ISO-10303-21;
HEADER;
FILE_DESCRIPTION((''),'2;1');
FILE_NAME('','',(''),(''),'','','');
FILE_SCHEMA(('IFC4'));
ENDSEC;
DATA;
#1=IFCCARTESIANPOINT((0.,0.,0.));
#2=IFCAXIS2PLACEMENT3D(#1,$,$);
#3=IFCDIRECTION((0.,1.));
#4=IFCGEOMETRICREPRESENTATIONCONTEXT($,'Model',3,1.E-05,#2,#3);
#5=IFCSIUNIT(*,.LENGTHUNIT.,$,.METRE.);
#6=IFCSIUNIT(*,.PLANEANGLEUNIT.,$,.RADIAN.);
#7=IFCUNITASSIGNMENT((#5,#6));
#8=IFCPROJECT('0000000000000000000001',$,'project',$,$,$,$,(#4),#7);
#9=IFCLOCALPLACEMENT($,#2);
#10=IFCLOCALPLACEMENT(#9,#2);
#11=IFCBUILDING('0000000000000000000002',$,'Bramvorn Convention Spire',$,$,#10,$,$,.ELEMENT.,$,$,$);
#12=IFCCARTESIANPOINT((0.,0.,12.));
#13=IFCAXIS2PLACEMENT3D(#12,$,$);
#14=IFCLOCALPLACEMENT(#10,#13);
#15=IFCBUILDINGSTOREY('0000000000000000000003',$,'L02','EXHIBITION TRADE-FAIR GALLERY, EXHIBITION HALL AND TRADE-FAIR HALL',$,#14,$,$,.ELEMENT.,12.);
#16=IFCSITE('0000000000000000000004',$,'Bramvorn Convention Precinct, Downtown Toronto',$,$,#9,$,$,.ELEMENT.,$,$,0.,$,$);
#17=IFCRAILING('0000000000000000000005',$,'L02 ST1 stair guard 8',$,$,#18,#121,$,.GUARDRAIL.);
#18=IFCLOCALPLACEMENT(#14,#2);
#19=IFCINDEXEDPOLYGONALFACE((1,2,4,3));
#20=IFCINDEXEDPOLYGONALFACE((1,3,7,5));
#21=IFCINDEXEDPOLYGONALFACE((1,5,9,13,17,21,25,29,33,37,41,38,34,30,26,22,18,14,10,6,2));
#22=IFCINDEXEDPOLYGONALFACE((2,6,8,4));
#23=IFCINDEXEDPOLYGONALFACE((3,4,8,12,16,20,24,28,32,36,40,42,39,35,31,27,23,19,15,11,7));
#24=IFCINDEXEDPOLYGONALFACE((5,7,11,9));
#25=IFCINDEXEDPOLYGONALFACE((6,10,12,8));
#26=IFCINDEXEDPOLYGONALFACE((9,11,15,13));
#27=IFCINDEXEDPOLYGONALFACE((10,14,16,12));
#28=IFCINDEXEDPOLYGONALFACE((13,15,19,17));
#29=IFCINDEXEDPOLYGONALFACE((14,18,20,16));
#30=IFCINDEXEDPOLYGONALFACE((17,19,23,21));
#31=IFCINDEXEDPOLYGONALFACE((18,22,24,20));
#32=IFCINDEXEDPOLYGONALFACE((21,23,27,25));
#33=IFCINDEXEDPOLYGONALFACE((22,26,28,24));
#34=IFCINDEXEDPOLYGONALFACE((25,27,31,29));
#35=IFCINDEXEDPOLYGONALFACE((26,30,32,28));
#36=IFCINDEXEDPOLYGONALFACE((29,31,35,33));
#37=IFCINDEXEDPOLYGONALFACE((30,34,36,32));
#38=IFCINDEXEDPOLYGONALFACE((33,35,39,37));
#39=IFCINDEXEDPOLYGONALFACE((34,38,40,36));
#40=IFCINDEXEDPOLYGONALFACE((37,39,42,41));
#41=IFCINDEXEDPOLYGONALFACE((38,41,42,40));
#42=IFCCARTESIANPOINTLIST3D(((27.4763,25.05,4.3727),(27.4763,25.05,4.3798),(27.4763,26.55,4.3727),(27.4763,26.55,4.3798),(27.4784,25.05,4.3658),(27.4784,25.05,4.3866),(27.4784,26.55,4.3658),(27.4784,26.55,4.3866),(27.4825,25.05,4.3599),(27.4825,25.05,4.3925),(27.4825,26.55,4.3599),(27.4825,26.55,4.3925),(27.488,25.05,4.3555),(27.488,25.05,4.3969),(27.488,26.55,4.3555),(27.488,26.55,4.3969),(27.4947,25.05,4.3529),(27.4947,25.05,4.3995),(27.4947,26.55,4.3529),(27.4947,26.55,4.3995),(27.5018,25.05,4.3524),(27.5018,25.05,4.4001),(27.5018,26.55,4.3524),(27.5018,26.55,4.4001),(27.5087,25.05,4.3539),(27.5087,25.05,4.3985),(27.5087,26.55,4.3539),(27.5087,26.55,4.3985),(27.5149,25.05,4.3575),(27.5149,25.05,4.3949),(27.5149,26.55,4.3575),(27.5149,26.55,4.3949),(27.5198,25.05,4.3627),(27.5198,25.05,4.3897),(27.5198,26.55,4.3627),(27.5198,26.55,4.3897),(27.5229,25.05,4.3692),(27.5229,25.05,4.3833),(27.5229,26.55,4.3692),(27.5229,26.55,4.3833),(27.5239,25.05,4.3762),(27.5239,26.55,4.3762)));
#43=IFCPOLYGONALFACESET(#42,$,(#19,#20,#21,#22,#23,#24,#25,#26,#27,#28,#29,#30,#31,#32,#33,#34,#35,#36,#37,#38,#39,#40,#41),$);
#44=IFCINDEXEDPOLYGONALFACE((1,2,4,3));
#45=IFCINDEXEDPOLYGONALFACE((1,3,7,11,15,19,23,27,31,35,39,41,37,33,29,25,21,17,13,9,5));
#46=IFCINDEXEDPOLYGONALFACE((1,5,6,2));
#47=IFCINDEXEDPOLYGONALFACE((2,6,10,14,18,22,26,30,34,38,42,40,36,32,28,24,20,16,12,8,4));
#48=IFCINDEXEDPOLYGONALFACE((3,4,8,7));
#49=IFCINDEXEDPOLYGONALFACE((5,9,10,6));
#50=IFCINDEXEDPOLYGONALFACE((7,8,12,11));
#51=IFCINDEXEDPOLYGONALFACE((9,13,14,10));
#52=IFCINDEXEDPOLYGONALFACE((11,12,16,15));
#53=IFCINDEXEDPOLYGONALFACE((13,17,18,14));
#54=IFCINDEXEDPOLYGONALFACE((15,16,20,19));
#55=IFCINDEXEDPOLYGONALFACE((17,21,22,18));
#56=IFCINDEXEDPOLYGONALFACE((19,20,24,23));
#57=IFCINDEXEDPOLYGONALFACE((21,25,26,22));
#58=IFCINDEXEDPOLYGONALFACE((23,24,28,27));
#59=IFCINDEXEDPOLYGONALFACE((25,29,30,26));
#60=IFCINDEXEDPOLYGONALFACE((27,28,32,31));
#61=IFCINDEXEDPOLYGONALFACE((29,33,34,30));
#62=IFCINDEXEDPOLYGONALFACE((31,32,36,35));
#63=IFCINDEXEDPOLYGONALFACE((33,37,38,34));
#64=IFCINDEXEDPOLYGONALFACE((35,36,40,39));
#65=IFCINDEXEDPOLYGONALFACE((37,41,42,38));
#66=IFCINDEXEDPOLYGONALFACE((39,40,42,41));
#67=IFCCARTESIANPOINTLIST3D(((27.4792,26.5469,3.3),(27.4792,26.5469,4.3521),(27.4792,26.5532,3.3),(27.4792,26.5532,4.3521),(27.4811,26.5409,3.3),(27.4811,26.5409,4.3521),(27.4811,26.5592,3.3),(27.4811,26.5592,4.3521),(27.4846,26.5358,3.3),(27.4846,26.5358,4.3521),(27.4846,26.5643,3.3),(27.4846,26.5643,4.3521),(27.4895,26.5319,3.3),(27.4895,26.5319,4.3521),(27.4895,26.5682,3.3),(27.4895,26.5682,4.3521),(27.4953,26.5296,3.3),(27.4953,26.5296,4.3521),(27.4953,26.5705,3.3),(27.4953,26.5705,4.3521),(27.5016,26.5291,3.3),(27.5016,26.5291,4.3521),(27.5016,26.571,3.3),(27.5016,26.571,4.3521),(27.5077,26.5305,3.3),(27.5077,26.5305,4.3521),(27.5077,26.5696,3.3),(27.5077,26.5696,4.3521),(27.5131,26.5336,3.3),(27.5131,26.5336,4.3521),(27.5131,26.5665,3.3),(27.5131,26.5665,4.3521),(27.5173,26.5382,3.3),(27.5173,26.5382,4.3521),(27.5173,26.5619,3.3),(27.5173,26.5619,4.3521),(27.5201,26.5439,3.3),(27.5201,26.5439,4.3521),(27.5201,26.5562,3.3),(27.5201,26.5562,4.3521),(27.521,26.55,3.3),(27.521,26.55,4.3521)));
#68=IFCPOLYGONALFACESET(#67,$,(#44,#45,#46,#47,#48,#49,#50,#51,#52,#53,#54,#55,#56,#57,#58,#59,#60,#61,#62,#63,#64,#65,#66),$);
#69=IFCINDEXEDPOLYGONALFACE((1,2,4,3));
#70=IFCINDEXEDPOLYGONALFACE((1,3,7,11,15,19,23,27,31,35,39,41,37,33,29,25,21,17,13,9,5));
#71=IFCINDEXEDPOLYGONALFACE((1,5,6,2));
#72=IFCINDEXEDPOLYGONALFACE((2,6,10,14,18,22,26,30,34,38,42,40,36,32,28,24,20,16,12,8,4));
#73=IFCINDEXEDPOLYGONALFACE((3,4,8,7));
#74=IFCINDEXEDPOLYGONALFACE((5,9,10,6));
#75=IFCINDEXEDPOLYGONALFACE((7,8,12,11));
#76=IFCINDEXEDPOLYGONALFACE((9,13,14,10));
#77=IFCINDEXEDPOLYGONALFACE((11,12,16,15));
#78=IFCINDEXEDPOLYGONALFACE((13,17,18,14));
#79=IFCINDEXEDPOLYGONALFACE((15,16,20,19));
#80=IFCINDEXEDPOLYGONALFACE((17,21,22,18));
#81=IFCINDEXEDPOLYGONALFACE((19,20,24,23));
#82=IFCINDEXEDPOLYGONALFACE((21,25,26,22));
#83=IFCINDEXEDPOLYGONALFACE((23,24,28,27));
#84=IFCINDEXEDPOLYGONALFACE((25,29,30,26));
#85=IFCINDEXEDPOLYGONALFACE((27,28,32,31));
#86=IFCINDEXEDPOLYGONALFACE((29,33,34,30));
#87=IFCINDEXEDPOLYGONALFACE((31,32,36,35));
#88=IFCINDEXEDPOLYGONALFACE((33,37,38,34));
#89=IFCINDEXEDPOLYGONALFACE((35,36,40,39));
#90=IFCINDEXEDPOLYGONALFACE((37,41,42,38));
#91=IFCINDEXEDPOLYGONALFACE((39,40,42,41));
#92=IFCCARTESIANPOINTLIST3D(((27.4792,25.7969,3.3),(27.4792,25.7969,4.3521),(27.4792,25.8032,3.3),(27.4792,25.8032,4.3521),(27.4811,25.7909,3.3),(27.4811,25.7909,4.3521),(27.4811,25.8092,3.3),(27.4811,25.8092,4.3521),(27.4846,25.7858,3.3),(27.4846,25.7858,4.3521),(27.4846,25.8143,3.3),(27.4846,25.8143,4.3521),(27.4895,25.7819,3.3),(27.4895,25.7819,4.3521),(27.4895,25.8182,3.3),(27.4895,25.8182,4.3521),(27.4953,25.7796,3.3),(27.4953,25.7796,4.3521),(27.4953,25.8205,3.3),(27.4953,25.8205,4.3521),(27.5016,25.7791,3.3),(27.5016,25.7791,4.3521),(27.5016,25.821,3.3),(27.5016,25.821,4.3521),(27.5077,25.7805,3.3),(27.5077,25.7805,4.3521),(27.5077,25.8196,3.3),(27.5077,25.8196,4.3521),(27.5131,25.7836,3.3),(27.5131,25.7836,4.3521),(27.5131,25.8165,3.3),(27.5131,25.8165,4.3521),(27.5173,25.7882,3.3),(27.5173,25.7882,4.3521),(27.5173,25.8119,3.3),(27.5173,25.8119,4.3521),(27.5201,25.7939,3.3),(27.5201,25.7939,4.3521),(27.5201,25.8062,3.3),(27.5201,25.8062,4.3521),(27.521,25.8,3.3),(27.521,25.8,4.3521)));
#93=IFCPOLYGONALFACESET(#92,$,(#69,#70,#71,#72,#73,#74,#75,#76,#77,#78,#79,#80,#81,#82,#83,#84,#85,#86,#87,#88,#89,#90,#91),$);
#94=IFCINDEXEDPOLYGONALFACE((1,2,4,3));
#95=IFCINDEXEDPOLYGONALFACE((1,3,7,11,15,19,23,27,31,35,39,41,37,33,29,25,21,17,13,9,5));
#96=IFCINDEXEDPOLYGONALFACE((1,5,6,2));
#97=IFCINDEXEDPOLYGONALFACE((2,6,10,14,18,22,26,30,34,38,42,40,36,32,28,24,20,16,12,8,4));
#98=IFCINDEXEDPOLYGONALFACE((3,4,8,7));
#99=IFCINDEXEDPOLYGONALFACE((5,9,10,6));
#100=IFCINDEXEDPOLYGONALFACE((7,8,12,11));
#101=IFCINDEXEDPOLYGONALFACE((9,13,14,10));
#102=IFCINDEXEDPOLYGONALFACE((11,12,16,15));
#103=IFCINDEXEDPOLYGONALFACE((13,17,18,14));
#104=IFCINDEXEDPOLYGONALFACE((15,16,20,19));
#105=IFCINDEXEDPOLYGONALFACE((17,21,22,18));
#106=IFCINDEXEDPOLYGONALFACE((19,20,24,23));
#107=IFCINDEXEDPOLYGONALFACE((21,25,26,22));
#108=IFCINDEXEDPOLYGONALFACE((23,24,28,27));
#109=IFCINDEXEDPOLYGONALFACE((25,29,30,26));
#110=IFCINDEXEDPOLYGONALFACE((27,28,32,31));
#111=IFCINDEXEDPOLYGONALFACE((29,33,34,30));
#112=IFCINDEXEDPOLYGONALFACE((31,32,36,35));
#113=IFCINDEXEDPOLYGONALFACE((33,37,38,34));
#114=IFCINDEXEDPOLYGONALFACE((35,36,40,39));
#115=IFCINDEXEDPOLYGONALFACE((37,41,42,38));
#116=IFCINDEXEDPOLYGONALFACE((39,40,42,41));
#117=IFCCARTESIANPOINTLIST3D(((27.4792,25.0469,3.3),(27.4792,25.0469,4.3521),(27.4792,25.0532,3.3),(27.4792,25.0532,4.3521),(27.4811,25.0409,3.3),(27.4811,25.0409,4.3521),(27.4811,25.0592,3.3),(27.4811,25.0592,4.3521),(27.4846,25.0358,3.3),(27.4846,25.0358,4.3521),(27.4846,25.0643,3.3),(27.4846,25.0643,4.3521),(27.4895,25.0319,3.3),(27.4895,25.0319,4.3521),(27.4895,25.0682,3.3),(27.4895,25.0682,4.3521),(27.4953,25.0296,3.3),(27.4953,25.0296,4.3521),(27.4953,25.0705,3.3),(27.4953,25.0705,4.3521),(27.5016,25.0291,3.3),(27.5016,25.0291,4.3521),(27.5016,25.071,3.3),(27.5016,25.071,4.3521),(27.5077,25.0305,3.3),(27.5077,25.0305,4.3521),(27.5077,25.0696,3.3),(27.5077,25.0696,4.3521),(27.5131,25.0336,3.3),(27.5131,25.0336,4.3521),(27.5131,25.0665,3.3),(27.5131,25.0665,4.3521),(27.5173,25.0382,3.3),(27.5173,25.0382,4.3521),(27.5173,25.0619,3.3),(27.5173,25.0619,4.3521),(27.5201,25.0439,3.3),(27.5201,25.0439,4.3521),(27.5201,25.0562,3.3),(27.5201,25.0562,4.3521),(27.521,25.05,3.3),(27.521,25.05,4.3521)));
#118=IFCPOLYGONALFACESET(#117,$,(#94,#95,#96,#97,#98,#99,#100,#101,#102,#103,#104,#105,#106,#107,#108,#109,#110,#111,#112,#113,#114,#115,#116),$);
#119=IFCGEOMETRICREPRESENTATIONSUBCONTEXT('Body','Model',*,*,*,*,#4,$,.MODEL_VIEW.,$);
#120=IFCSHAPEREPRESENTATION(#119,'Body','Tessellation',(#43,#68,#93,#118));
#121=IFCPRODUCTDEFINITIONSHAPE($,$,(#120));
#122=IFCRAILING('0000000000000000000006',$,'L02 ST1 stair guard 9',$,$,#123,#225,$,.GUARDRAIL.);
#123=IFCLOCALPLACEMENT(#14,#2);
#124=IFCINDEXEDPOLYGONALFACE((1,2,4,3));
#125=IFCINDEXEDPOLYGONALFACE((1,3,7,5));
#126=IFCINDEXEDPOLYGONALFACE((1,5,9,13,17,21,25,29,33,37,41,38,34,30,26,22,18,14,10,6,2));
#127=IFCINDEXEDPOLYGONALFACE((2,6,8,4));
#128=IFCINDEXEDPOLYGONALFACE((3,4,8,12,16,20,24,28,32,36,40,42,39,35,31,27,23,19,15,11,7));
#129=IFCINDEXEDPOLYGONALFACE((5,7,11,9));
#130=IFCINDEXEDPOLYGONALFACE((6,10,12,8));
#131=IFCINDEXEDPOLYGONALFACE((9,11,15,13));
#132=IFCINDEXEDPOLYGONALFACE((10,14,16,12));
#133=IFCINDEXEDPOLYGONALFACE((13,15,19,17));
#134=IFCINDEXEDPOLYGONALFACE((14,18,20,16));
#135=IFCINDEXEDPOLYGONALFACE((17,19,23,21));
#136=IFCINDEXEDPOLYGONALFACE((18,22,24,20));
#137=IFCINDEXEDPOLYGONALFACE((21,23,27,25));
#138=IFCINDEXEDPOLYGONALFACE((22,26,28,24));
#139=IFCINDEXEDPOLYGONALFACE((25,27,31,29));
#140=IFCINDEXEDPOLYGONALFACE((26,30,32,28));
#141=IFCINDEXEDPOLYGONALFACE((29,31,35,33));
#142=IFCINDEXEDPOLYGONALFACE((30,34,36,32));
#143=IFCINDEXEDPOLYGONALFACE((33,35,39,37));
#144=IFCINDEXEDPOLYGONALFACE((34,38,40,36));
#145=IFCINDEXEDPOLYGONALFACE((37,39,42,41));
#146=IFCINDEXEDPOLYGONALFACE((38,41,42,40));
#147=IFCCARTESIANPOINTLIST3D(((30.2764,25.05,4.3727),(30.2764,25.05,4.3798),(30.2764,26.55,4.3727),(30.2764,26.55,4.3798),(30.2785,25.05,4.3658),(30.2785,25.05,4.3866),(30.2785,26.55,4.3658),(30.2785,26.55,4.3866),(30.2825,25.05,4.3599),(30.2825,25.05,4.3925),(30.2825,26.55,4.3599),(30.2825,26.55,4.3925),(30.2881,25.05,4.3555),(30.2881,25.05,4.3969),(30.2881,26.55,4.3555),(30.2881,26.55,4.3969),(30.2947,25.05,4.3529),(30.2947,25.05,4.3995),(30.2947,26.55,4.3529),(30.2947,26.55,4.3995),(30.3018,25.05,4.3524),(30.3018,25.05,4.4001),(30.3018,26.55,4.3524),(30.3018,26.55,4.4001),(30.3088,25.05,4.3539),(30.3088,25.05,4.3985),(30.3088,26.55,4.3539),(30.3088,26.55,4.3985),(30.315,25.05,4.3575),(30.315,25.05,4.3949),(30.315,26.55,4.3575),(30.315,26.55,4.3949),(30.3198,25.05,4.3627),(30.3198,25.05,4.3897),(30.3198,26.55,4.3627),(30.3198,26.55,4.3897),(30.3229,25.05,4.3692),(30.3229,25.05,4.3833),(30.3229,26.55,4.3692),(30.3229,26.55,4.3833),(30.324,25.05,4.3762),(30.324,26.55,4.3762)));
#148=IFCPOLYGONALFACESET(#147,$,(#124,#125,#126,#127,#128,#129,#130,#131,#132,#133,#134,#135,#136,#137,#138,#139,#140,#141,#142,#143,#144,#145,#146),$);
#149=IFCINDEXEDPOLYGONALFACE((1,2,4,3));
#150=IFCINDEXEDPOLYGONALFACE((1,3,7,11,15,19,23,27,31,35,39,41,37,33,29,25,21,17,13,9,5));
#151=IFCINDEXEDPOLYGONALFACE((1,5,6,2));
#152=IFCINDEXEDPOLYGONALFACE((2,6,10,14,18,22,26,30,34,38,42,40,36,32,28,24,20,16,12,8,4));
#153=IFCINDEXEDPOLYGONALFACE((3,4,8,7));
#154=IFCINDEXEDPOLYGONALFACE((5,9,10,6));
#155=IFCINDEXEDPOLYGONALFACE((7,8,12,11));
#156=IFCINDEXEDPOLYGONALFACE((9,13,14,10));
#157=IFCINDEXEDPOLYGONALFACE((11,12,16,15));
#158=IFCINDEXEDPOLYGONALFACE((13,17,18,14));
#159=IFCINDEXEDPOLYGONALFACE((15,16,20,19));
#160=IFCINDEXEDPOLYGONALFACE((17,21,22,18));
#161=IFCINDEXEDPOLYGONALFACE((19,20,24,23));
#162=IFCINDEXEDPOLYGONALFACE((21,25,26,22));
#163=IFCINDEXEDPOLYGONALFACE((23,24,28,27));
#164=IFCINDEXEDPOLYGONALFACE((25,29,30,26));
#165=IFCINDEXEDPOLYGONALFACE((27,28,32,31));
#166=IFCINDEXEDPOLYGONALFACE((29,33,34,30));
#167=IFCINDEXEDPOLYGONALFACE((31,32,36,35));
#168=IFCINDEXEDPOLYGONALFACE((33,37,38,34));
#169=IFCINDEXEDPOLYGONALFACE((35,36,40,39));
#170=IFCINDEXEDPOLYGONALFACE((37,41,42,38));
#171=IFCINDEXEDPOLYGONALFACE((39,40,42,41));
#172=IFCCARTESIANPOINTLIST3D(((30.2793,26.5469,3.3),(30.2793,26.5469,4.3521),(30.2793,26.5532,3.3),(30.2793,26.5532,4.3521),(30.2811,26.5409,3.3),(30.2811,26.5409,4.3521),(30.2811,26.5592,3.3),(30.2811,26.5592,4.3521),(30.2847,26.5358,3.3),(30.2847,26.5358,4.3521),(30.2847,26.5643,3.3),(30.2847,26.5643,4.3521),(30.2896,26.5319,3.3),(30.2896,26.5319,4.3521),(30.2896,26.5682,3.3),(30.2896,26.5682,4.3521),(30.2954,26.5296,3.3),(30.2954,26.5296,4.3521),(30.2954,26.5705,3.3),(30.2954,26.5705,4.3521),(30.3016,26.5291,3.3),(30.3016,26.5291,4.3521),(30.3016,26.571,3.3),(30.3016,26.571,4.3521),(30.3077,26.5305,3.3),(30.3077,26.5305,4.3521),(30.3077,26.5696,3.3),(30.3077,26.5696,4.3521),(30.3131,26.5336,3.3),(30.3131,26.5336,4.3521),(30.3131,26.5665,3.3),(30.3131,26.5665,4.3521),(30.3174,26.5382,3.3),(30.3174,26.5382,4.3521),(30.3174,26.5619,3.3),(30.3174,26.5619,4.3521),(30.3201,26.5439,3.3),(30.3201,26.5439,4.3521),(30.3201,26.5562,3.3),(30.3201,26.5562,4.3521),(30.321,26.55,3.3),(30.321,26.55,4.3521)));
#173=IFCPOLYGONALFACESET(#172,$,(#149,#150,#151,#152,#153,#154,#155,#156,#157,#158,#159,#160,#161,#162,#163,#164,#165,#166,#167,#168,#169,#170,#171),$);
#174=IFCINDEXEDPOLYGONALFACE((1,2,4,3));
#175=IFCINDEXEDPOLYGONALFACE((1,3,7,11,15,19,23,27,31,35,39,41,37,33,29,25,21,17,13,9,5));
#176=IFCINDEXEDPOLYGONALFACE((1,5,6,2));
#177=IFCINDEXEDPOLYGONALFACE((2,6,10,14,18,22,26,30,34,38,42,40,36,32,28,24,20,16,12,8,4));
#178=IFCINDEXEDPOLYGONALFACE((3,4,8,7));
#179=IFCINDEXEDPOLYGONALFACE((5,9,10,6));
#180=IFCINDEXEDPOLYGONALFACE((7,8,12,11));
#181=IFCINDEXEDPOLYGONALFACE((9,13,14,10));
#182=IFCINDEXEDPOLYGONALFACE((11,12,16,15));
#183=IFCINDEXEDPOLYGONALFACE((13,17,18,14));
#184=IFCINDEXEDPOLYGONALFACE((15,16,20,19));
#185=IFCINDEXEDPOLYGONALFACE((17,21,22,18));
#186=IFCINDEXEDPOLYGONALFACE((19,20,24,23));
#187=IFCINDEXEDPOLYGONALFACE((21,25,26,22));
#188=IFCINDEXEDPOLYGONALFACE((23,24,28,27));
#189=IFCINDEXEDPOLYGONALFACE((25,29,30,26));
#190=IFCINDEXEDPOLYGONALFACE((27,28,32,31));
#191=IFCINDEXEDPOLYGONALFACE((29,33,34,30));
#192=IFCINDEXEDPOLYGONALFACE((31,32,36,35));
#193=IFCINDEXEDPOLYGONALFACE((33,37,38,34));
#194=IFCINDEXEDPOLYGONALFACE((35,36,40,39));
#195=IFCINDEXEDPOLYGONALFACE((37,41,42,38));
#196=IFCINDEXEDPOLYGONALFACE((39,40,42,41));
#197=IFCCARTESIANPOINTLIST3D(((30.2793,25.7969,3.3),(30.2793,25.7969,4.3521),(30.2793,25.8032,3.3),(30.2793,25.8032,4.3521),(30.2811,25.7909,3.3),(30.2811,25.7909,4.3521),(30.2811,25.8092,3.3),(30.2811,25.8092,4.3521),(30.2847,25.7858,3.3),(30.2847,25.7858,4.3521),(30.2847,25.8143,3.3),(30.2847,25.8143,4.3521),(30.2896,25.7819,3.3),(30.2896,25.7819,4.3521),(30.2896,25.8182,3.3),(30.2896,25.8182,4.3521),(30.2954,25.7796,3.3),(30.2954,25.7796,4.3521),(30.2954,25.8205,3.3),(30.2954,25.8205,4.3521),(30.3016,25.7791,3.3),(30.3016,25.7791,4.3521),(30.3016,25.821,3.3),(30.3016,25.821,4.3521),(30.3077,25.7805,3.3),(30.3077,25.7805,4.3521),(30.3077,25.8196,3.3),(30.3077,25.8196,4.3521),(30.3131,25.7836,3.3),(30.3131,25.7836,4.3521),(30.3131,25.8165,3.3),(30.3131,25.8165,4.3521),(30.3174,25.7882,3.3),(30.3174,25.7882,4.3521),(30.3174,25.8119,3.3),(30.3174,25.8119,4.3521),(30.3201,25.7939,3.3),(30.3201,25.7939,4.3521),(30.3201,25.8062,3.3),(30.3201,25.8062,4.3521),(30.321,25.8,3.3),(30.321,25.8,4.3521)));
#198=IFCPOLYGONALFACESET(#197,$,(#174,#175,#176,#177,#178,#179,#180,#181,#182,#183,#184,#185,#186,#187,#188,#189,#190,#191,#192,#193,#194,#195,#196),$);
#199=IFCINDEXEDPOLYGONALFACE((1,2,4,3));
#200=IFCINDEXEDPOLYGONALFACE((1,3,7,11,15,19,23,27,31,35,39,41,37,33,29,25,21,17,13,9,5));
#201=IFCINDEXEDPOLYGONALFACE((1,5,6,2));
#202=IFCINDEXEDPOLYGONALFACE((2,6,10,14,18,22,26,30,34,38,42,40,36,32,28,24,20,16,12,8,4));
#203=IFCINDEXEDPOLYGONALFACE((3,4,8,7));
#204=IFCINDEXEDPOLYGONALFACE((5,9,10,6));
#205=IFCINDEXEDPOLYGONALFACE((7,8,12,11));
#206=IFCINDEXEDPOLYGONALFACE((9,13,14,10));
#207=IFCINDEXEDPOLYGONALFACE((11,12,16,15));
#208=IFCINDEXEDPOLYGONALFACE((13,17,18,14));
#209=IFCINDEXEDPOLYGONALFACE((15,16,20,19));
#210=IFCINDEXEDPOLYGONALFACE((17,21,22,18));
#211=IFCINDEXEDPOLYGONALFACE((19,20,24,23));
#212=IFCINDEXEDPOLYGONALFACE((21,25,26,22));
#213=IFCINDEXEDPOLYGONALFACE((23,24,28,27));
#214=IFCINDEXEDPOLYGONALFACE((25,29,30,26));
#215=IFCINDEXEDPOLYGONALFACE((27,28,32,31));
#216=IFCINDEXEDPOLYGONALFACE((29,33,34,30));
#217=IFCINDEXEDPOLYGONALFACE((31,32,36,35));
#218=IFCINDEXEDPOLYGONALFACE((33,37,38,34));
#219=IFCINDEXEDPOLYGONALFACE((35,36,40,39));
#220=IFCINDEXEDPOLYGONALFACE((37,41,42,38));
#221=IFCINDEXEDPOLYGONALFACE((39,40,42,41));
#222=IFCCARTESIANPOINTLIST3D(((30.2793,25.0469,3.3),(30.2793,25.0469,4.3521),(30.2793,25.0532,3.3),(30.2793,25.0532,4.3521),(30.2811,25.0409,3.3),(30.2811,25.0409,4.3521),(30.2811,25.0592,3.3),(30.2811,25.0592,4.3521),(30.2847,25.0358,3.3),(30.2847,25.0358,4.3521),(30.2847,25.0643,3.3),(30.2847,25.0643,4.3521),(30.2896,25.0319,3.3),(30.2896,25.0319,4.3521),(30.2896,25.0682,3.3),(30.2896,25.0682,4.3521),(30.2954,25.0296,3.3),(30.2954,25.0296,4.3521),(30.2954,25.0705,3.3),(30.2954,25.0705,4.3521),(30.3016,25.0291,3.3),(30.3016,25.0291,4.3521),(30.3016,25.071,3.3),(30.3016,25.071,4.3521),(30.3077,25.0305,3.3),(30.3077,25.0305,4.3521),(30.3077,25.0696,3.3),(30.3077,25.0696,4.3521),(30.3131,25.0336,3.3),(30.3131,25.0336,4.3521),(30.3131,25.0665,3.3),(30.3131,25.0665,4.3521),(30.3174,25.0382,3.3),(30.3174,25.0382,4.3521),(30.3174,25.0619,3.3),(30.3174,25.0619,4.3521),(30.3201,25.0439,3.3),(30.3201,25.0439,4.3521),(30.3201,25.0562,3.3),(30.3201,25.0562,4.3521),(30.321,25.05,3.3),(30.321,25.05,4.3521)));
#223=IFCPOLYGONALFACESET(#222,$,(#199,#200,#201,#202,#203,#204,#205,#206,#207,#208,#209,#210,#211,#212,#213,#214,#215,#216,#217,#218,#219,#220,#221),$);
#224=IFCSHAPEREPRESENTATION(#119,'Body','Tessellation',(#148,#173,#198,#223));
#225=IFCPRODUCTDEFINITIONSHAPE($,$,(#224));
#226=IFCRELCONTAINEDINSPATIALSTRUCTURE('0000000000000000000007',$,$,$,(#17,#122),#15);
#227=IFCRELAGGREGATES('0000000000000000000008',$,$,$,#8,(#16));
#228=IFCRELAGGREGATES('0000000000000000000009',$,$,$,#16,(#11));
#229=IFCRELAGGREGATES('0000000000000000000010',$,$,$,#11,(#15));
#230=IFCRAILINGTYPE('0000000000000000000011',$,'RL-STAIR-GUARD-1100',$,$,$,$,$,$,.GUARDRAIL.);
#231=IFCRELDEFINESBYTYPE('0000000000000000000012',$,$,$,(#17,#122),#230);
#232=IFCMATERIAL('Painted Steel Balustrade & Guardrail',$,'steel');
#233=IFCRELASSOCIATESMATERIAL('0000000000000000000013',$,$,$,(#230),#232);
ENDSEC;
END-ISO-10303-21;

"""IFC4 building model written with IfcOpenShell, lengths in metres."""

from ifc_helpers import new_model, si_unit, direction, frame, origin, origin_2d, place, context, subcontext, project, spatial, circle, extrude, material, type_object, element, save


model = new_model("IFC4")

# Units and contexts
model_context = context("Model", 3, precision=1e-05, world=origin(), true_north=direction((0.0, 1.0)))
body_context = subcontext(model_context, "Body", "Model", "MODEL_VIEW")
ifc_project = project(units=[si_unit("LENGTHUNIT", "METRE"), si_unit("PLANEANGLEUNIT", "RADIAN")], contexts=[model_context])

# Site, building, storey
site_placement = place(None, origin())
site = spatial("IfcSite", under=ifc_project, at=site_placement, Name="Bramvorn Convention Precinct, Downtown Toronto", CompositionType="ELEMENT", RefElevation=0.0)
building_placement = place(site_placement, origin())
building = spatial("IfcBuilding", under=site, at=building_placement, Name="Bramvorn Convention Spire", CompositionType="ELEMENT")
storey_placement = place(building_placement, frame((0.0, 0.0, 12.0)))
storey = spatial("IfcBuildingStorey", under=building, at=storey_placement, Name="L02", Description="EXHIBITION TRADE-FAIR GALLERY, EXHIBITION HALL AND TRADE-FAIR HALL", CompositionType="ELEMENT", Elevation=12.0)

# Railings
ifc_material_1 = material(Name="Painted Steel Balustrade & Guardrail", Category="steel")
railing_type = type_object("IfcRailingType", Name="RL-STAIR-GUARD-1100", PredefinedType="GUARDRAIL", material=ifc_material_1)
for number, where, name in (
    (1, (27.5, 26.55, 3.3), "L02 ST1 stair guard 8"),
    (2, (30.3, 26.55, 3.3), "L02 ST1 stair guard 9"),
):
    element("IfcRailing", number, at=place(storey_placement, frame(where)), inside=storey, type_object=railing_type, Name=name, PredefinedType="GUARDRAIL", context=body_context, shape_type="SweptSolid", body=[
        extrude(circle(Radius=0.0239, at=origin_2d()), frame((0.0, 0.0, 1.0762), z_axis=(0.0, -1.0, 0.0), x_axis=(1.0, 0.0, 0.0)), (0.0, 0.0, 1.0), 1.5),
        extrude(circle(Radius=0.021, at=origin_2d()), origin(), (0.0, 0.0, 1.0), 1.052),
        extrude(circle(Radius=0.021, at=origin_2d()), frame((0.0, -0.75, 0.0)), (0.0, 0.0, 1.0), 1.052),
        extrude(circle(Radius=0.021, at=origin_2d()), frame((0.0, -1.5, 0.0)), (0.0, 0.0, 1.0), 1.052),
    ])

save(model, "model.ifc")
